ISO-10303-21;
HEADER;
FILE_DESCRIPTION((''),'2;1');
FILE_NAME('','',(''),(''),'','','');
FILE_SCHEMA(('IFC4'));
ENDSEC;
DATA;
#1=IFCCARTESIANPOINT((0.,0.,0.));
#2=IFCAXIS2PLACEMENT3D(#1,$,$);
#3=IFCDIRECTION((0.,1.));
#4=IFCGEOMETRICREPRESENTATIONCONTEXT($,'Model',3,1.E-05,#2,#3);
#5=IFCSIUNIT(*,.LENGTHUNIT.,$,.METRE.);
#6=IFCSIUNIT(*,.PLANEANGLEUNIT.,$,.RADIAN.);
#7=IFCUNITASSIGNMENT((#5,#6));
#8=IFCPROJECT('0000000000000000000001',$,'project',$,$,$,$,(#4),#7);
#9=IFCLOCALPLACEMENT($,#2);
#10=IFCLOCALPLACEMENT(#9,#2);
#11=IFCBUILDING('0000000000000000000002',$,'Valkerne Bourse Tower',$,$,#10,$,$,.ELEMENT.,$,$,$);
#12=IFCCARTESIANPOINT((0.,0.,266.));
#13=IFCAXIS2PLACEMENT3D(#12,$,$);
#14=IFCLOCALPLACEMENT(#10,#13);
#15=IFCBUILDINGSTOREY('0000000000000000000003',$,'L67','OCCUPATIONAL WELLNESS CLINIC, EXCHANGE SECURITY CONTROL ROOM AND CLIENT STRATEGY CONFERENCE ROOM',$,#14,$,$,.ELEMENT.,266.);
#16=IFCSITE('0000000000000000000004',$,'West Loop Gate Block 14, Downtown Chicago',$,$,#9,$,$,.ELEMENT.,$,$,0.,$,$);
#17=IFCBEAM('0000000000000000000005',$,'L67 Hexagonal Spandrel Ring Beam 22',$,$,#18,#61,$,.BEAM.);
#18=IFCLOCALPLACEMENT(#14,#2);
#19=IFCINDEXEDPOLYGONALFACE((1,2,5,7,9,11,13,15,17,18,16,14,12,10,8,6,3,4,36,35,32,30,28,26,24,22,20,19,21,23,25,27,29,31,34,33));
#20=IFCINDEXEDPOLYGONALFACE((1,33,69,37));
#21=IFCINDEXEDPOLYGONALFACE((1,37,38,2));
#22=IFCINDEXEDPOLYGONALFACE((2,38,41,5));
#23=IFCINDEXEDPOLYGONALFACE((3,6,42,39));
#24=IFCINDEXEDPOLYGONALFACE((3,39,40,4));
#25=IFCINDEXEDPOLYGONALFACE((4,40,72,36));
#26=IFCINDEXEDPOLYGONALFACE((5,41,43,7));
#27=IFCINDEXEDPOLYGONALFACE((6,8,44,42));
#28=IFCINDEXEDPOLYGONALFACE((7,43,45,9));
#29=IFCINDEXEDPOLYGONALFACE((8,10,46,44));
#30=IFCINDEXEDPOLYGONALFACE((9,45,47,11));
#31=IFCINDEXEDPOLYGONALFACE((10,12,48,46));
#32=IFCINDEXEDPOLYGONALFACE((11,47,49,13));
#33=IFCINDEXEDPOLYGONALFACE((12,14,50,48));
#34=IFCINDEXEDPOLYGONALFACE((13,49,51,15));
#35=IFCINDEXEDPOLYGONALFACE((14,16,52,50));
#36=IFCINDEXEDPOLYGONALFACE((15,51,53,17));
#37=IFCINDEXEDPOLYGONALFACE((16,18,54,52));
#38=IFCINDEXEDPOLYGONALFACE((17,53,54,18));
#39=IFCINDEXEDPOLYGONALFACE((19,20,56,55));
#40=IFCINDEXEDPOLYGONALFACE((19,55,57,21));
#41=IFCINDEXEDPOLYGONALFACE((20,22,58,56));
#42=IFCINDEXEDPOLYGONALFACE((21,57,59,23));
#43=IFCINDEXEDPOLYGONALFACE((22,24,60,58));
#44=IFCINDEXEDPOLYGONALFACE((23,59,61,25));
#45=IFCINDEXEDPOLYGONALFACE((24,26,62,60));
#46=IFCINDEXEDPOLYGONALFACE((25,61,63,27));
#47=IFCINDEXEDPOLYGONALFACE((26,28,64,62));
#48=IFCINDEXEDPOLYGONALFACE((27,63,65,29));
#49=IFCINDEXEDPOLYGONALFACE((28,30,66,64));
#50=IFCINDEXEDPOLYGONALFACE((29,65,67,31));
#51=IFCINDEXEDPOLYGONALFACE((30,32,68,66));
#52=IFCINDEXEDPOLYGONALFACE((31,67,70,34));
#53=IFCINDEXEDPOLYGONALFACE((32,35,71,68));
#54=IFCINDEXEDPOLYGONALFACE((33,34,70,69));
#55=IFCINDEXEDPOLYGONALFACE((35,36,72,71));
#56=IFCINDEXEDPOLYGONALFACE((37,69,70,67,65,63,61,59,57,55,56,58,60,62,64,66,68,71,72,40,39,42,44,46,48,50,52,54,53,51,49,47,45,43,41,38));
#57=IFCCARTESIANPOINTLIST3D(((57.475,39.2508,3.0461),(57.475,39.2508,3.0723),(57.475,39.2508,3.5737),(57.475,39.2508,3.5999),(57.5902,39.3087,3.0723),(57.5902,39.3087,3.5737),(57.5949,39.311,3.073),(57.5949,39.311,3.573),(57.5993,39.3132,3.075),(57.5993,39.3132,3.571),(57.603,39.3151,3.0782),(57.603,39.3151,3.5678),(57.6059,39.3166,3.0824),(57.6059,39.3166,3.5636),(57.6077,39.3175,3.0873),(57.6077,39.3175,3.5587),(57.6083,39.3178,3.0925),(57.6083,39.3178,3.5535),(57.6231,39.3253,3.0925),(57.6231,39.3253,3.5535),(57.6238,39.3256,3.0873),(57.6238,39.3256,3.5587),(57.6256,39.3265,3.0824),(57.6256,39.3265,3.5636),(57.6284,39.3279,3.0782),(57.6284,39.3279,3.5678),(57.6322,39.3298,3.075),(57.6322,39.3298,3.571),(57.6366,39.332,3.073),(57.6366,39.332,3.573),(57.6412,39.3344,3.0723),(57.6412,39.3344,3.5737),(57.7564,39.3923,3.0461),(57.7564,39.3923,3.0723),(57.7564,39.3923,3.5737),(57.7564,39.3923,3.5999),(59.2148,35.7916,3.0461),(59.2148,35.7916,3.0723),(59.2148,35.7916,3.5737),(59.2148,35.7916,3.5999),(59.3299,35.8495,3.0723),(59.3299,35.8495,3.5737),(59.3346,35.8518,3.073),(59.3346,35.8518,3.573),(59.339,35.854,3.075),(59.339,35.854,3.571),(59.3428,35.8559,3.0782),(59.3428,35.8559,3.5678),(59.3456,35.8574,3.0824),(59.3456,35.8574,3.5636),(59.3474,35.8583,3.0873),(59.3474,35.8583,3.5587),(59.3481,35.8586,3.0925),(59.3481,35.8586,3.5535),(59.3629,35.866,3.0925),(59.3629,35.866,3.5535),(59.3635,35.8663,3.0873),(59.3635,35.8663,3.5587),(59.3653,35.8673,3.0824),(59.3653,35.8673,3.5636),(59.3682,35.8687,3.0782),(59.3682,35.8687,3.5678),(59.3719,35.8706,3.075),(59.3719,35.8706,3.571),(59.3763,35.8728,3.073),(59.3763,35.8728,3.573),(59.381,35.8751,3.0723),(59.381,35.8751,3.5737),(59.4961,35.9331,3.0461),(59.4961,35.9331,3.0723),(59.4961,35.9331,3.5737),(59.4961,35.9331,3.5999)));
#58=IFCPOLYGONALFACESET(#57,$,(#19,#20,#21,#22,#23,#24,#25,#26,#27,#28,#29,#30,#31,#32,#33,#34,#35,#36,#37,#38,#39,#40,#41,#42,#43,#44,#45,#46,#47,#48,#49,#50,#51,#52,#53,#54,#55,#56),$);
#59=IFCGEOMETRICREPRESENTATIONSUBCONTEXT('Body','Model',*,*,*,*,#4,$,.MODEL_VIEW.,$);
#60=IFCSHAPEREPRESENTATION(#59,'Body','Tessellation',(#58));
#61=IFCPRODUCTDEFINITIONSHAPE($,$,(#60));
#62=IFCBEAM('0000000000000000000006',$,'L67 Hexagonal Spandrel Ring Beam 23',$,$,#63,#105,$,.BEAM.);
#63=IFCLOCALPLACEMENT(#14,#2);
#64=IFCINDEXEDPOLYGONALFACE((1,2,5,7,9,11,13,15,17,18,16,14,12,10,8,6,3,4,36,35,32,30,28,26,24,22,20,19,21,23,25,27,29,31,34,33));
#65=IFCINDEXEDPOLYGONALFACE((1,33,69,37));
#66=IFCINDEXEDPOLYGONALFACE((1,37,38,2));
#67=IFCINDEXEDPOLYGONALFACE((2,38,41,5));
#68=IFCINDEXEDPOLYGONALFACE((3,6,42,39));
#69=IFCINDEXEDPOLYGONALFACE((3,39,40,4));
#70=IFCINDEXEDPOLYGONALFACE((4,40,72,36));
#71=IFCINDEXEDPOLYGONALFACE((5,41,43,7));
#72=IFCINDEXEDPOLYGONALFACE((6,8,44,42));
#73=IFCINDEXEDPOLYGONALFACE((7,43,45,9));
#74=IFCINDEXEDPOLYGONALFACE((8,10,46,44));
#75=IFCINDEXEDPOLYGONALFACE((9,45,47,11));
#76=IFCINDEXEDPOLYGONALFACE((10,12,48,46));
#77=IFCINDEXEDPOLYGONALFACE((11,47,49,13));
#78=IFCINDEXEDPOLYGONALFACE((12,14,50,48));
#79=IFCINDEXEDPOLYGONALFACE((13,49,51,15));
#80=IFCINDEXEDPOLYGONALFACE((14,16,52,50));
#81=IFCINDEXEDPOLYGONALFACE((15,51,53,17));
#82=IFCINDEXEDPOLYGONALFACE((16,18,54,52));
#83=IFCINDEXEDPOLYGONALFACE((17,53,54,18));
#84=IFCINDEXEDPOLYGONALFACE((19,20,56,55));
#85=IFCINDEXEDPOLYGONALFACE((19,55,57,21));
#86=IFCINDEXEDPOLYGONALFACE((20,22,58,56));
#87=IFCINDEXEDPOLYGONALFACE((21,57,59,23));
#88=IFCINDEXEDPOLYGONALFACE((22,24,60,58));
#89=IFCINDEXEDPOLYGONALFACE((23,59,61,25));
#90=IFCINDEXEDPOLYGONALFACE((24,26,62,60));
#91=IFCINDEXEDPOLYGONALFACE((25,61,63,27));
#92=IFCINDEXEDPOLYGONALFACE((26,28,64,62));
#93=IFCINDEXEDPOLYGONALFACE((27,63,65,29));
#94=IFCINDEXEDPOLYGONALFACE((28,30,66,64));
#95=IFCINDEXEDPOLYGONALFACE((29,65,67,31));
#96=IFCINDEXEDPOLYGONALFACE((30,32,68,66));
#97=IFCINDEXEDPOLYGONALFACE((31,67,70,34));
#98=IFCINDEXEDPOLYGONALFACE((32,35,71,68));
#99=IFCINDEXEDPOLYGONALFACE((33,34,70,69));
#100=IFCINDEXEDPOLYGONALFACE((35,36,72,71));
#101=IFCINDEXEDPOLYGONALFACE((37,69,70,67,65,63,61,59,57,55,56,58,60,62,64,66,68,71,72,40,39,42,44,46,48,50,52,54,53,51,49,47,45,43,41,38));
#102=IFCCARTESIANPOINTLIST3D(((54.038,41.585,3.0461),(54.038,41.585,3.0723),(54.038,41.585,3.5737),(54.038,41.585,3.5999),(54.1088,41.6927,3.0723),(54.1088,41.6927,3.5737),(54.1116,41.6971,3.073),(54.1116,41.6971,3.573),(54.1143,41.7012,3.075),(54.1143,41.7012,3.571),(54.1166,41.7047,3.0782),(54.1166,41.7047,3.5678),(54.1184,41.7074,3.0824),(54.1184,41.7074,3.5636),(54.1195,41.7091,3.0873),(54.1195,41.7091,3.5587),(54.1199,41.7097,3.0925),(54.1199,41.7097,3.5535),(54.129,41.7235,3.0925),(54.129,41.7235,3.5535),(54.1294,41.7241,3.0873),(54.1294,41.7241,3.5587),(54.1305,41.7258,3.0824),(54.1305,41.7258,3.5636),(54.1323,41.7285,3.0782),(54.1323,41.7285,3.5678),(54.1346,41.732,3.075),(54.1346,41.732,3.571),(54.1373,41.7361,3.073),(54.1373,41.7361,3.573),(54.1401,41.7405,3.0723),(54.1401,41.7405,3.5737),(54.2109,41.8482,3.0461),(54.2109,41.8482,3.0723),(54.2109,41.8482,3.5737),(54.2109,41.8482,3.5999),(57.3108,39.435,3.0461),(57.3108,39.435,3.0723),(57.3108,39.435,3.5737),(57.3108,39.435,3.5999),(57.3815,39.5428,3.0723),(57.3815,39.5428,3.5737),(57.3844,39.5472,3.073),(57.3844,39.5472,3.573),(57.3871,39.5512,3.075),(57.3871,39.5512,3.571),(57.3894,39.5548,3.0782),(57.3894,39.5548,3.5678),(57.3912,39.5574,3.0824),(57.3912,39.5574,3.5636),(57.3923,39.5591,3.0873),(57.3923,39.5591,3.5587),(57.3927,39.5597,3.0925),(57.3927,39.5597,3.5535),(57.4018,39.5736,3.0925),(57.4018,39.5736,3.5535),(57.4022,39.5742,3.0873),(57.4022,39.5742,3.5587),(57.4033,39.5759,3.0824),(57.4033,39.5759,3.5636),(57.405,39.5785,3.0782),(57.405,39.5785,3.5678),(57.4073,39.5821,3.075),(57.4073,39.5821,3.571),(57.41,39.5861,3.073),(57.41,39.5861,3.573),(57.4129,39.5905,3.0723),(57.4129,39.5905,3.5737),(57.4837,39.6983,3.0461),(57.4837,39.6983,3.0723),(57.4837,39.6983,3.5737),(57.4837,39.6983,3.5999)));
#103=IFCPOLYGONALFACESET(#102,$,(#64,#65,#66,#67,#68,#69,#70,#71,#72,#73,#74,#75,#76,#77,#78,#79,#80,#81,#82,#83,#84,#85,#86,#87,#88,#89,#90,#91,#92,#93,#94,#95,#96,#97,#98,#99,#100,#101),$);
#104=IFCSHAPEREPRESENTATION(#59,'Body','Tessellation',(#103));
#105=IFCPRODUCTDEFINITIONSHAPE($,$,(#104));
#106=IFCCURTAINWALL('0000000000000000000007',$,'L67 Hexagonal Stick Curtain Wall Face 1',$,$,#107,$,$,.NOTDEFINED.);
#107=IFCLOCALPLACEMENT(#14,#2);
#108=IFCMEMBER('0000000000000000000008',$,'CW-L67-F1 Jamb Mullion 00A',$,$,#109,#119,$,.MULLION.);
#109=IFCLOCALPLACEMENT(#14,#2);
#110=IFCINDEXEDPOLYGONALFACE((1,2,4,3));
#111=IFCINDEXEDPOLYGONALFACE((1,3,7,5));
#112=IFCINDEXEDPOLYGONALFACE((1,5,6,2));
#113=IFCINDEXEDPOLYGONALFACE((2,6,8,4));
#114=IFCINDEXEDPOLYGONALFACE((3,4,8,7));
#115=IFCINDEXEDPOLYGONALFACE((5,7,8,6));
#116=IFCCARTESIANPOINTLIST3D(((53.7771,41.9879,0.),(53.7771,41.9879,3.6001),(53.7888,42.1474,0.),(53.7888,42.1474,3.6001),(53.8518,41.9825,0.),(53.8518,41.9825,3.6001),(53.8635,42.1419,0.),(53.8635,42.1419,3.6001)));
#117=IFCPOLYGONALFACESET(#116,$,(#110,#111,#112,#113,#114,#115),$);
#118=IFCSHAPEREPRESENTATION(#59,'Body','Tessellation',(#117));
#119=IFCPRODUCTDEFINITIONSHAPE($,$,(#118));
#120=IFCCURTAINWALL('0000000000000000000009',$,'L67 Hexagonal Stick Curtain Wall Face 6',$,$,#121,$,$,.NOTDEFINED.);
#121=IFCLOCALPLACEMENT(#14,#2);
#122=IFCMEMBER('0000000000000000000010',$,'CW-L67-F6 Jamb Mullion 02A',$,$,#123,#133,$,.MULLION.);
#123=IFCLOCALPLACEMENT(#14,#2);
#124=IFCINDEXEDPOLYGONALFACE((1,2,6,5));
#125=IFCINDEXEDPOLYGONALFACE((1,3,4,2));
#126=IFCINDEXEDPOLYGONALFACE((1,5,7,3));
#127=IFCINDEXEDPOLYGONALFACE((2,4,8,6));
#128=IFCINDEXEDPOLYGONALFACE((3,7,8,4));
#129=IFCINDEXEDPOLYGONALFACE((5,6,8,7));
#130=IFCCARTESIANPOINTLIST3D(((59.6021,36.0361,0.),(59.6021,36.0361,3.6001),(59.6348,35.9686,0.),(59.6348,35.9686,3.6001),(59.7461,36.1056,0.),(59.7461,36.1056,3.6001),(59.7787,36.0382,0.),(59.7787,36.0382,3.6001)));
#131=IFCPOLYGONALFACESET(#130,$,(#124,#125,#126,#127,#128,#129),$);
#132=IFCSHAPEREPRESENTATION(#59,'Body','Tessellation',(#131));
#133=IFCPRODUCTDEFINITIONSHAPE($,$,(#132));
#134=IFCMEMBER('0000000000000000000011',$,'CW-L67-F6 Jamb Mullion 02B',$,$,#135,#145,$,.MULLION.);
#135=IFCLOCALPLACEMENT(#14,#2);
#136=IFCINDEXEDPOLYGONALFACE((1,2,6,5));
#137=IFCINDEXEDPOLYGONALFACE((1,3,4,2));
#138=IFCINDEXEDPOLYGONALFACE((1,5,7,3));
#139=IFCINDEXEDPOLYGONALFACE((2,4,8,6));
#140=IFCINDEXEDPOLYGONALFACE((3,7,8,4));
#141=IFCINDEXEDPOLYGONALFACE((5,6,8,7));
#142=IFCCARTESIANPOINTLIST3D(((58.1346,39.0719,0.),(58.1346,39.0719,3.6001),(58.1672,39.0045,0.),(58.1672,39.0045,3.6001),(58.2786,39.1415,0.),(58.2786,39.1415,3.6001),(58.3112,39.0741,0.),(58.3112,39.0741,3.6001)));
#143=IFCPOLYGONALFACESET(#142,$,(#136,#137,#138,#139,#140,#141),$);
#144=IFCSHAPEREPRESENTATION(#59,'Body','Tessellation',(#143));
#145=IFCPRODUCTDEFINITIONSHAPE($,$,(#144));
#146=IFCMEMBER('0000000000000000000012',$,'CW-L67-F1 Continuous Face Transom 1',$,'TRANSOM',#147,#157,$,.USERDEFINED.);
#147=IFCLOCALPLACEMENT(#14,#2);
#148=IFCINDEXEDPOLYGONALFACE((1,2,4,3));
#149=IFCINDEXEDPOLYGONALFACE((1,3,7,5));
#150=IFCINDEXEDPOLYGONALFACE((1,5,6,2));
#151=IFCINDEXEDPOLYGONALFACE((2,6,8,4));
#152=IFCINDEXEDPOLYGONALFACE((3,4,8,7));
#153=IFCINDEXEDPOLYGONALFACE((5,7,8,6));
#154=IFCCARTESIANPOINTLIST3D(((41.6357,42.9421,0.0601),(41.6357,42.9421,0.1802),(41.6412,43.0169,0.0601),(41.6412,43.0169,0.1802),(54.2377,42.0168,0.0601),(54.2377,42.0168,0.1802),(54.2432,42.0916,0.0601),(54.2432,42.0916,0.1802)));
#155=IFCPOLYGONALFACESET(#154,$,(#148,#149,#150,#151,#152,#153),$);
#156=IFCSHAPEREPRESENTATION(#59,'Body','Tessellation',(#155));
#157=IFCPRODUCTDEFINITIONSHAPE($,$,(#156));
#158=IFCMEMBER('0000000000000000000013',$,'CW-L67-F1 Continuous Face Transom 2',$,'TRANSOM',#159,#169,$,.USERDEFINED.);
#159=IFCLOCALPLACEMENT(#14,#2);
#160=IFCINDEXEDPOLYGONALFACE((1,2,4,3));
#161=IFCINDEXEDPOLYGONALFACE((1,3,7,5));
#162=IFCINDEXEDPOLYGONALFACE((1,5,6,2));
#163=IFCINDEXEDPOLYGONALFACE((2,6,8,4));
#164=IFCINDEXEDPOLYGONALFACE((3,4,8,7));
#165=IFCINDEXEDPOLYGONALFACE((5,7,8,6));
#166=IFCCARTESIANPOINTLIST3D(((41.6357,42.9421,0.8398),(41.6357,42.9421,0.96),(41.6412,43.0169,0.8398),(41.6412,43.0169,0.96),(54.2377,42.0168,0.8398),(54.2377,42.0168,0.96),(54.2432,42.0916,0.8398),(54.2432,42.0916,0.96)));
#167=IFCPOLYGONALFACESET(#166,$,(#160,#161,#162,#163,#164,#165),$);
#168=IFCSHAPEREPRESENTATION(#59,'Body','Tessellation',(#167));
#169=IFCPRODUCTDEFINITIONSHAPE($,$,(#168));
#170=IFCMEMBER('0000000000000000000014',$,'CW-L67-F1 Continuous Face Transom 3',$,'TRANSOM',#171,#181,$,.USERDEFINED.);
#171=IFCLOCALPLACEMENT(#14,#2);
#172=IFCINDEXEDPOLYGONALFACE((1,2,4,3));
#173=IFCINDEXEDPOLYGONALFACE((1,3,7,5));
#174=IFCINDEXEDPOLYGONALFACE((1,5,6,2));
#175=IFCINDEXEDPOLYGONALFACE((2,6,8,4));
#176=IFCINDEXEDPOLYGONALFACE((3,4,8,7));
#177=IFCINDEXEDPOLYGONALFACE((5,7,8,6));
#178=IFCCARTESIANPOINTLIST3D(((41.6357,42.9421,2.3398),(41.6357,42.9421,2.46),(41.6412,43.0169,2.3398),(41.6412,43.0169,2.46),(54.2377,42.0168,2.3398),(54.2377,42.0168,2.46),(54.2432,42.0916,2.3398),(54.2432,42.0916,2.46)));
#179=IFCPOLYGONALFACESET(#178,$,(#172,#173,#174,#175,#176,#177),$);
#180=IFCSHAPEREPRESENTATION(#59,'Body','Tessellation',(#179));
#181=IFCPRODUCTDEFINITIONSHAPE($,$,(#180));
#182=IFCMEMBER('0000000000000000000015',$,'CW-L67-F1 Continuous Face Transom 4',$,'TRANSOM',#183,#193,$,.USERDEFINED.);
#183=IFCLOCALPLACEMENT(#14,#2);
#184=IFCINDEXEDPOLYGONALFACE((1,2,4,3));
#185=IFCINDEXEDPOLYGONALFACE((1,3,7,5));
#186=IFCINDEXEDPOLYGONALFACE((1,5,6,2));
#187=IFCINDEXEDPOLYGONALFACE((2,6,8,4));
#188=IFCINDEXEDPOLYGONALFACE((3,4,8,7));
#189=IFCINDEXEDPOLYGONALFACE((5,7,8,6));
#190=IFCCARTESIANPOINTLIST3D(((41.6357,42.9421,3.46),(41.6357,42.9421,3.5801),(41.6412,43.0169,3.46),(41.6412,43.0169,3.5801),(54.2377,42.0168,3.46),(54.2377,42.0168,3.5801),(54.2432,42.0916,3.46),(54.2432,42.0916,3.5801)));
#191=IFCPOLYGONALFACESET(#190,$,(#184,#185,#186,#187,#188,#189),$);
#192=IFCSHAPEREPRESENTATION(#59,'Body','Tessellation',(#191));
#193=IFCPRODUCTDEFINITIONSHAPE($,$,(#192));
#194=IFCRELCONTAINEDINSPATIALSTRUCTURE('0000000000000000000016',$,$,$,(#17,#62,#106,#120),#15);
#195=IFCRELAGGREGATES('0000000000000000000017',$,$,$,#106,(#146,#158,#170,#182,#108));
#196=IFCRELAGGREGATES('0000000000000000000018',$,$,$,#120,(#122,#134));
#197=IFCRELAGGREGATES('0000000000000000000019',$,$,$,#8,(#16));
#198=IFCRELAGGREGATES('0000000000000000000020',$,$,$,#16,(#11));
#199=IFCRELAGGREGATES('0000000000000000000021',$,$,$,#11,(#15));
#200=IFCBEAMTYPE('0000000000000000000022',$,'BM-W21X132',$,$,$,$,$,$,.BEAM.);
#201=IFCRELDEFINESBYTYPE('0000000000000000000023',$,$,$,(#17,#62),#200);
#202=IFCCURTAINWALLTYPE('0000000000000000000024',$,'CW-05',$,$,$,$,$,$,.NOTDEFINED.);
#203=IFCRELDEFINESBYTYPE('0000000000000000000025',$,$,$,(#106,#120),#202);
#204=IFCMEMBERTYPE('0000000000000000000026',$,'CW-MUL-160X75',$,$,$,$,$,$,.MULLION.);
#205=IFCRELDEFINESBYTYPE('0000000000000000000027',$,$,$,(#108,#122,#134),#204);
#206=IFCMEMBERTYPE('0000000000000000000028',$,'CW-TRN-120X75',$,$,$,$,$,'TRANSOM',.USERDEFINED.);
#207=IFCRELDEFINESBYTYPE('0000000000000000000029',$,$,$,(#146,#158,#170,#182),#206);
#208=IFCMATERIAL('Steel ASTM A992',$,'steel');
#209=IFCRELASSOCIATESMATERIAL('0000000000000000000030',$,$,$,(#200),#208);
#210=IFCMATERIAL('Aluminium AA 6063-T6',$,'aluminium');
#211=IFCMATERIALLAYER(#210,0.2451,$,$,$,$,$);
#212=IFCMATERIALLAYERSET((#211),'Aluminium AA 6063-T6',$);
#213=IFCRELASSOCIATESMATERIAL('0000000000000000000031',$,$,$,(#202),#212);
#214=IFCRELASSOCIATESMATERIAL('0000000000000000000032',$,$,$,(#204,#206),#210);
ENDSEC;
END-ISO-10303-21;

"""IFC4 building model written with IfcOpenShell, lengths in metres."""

from ifc_helpers import new_model, si_unit, direction, frame, origin, origin_2d, place, context, subcontext, project, spatial, rectangle, i_section, extrude, material, layer, layer_set, material_profile, profile_set, type_object, element, aggregate, save


model = new_model("IFC4")

# Units and contexts
model_context = context("Model", 3, precision=1e-05, world=origin(), true_north=direction((0.0, 1.0)))
body_context = subcontext(model_context, "Body", "Model", "MODEL_VIEW")
ifc_project = project(units=[si_unit("LENGTHUNIT", "METRE"), si_unit("PLANEANGLEUNIT", "RADIAN")], contexts=[model_context])

# Site, building, storey
site_placement = place(None, origin())
site = spatial("IfcSite", under=ifc_project, at=site_placement, Name="West Loop Gate Block 14, Downtown Chicago", CompositionType="ELEMENT", RefElevation=0.0)
building_placement = place(site_placement, origin())
building = spatial("IfcBuilding", under=site, at=building_placement, Name="Valkerne Bourse Tower", CompositionType="ELEMENT")
storey_placement = place(building_placement, frame((0.0, 0.0, 266.0)))
storey = spatial("IfcBuildingStorey", under=building, at=storey_placement, Name="L67", Description="OCCUPATIONAL WELLNESS CLINIC, EXCHANGE SECURITY CONTROL ROOM AND CLIENT STRATEGY CONFERENCE ROOM", CompositionType="ELEMENT", Elevation=266.0)

# Beams
ifc_material_1 = material(Name="Steel ASTM A992", Category="steel")
ifc_material_profile_1 = material_profile(ifc_material_1, i_section(OverallWidth=0.3149, OverallDepth=0.5537, WebThickness=0.0166, FlangeThickness=0.0261, FilletRadius=0.0203, at=origin_2d()), Name="W21X132")
ifc_profile_set_1 = profile_set([ifc_material_profile_1], Name="Steel ASTM A992")
beam_type = type_object("IfcBeamType", Name="BM-W21X132", PredefinedType="BEAM", material=ifc_profile_set_1)
for number, where, z_axis, x_axis, name in (
    (1, (59.3555, 35.8623, 3.323), (-0.449306, 0.893378, 0.0), (-0.893378, -0.449306, 0.0), "L67 Hexagonal Spandrel Ring Beam 22"),
):
    element("IfcBeam", number, at=place(storey_placement, frame(where, z_axis=z_axis, x_axis=x_axis)), inside=storey, type_object=beam_type, Name=name, PredefinedType="BEAM", context=body_context, shape_type="SweptSolid", body=[
        extrude(i_section(OverallWidth=0.3149, OverallDepth=0.5537, WebThickness=0.0166, FlangeThickness=0.0261, FilletRadius=0.0203, at=origin_2d()), origin(), (0.0, 0.0, 1.0), 3.8721),
    ])
beam_placement = place(storey_placement, frame((57.3972, 39.5667, 3.323), z_axis=(-0.835791, 0.549047, 0.0), x_axis=(-0.549047, -0.835791, 0.0)))
element("IfcBeam", 2, at=beam_placement, inside=storey, type_object=beam_type, Name="L67 Hexagonal Spandrel Ring Beam 23", PredefinedType="BEAM", context=body_context, shape_type="SweptSolid", body=[
    extrude(i_section(OverallWidth=0.3149, OverallDepth=0.5537, WebThickness=0.0166, FlangeThickness=0.0261, FilletRadius=0.0203, at=origin_2d()), origin(), (0.0, 0.0, 1.0), 3.9158),
])

# Curtain wall, member
ifc_material_2 = material(Name="Aluminium AA 6063-T6", Category="aluminium")
ifc_layer_1 = layer(ifc_material_2, 0.2451)
ifc_layer_set_1 = layer_set([ifc_layer_1], Name="Aluminium AA 6063-T6")
curtain_wall_type = type_object("IfcCurtainWallType", Name="CW-05", PredefinedType="NOTDEFINED", material=ifc_layer_set_1)
curtain_wall_1_placement = place(storey_placement, origin())
curtain_wall_1 = element("IfcCurtainWall", 3, at=curtain_wall_1_placement, inside=storey, type_object=curtain_wall_type, Name="L67 Hexagonal Stick Curtain Wall Face 1", PredefinedType="NOTDEFINED")
ifc_material_profile_2 = material_profile(ifc_material_2, rectangle(XDim=0.075, YDim=0.1599, at=origin_2d()), Name="CWM-75X160")
ifc_profile_set_2 = profile_set([ifc_material_profile_2], Name="Aluminium AA 6063-T6")
member_type_1 = type_object("IfcMemberType", Name="CW-MUL-160X75", PredefinedType="MULLION", material=ifc_profile_set_2)
member_1_placement = place(storey_placement, frame((53.8203, 42.0649, 0.0), z_axis=(0.0, 0.0, 1.0), x_axis=(-0.997314, 0.073243, 0.0)))
member_1 = element("IfcMember", 4, at=member_1_placement, type_object=member_type_1, Name="CW-L67-F1 Jamb Mullion 00A", PredefinedType="MULLION", context=body_context, shape_type="SweptSolid", body=[
    extrude(rectangle(XDim=0.075, YDim=0.1599, at=origin_2d()), origin(), (0.0, 0.0, 1.0), 3.6001),
])

# Curtain wall, members
curtain_wall_2_placement = place(storey_placement, origin())
curtain_wall_2 = element("IfcCurtainWall", 5, at=curtain_wall_2_placement, inside=storey, type_object=curtain_wall_type, Name="L67 Hexagonal Stick Curtain Wall Face 6", PredefinedType="NOTDEFINED")
member_2_placement = place(storey_placement, frame((59.6904, 36.0371, 0.0), z_axis=(0.0, 0.0, 1.0), x_axis=(-0.435227, 0.900321, 0.0)))
member_2 = element("IfcMember", 6, at=member_2_placement, type_object=member_type_1, Name="CW-L67-F6 Jamb Mullion 02A", PredefinedType="MULLION", context=body_context, shape_type="SweptSolid", body=[
    extrude(rectangle(XDim=0.075, YDim=0.1599, at=origin_2d()), origin(), (0.0, 0.0, 1.0), 3.6001),
])
member_3_placement = place(storey_placement, frame((58.2229, 39.073, 0.0), z_axis=(0.0, 0.0, 1.0), x_axis=(-0.435227, 0.900321, 0.0)))
member_3 = element("IfcMember", 7, at=member_3_placement, type_object=member_type_1, Name="CW-L67-F6 Jamb Mullion 02B", PredefinedType="MULLION", context=body_context, shape_type="SweptSolid", body=[
    extrude(rectangle(XDim=0.075, YDim=0.1599, at=origin_2d()), origin(), (0.0, 0.0, 1.0), 3.6001),
])

# Members
ifc_material_profile_3 = material_profile(ifc_material_2, rectangle(XDim=0.075, YDim=0.1201, at=origin_2d()), Name="CWT-75X120")
ifc_profile_set_3 = profile_set([ifc_material_profile_3], Name="Aluminium AA 6063-T6")
member_type_2 = type_object("IfcMemberType", Name="CW-TRN-120X75", ElementType="TRANSOM", PredefinedType="USERDEFINED", material=ifc_profile_set_3)
member_4_placement = place(storey_placement, frame((54.2405, 42.0542, 0.1201), z_axis=(-0.997315, 0.073227, 0.0), x_axis=(-0.073227, -0.997315, 0.0)))
member_4 = element("IfcMember", 8, at=member_4_placement, type_object=member_type_2, Name="CW-L67-F1 Continuous Face Transom 1", ObjectType="TRANSOM", PredefinedType="USERDEFINED", context=body_context, shape_type="SweptSolid", body=[
    extrude(rectangle(XDim=0.075, YDim=0.1201, at=origin_2d()), origin(), (0.0, 0.0, 1.0), 12.636),
])
member_5_placement = place(storey_placement, frame((54.2405, 42.0542, 0.8999), z_axis=(-0.997315, 0.073227, 0.0), x_axis=(-0.073227, -0.997315, 0.0)))
member_5 = element("IfcMember", 9, at=member_5_placement, type_object=member_type_2, Name="CW-L67-F1 Continuous Face Transom 2", ObjectType="TRANSOM", PredefinedType="USERDEFINED", context=body_context, shape_type="SweptSolid", body=[
    extrude(rectangle(XDim=0.075, YDim=0.1201, at=origin_2d()), origin(), (0.0, 0.0, 1.0), 12.636),
])
member_6_placement = place(storey_placement, frame((54.2405, 42.0542, 2.3999), z_axis=(-0.997315, 0.073227, 0.0), x_axis=(-0.073227, -0.997315, 0.0)))
member_6 = element("IfcMember", 10, at=member_6_placement, type_object=member_type_2, Name="CW-L67-F1 Continuous Face Transom 3", ObjectType="TRANSOM", PredefinedType="USERDEFINED", context=body_context, shape_type="SweptSolid", body=[
    extrude(rectangle(XDim=0.075, YDim=0.1201, at=origin_2d()), origin(), (0.0, 0.0, 1.0), 12.636),
])
member_7_placement = place(storey_placement, frame((54.2405, 42.0542, 3.52), z_axis=(-0.997315, 0.073227, 0.0), x_axis=(-0.073227, -0.997315, 0.0)))
member_7 = element("IfcMember", 11, at=member_7_placement, type_object=member_type_2, Name="CW-L67-F1 Continuous Face Transom 4", ObjectType="TRANSOM", PredefinedType="USERDEFINED", context=body_context, shape_type="SweptSolid", body=[
    extrude(rectangle(XDim=0.075, YDim=0.1201, at=origin_2d()), origin(), (0.0, 0.0, 1.0), 12.636),
])

aggregate(curtain_wall_1, [member_4, member_5, member_6, member_7, member_1])
aggregate(curtain_wall_2, [member_2, member_3])

save(model, "model.ifc")
